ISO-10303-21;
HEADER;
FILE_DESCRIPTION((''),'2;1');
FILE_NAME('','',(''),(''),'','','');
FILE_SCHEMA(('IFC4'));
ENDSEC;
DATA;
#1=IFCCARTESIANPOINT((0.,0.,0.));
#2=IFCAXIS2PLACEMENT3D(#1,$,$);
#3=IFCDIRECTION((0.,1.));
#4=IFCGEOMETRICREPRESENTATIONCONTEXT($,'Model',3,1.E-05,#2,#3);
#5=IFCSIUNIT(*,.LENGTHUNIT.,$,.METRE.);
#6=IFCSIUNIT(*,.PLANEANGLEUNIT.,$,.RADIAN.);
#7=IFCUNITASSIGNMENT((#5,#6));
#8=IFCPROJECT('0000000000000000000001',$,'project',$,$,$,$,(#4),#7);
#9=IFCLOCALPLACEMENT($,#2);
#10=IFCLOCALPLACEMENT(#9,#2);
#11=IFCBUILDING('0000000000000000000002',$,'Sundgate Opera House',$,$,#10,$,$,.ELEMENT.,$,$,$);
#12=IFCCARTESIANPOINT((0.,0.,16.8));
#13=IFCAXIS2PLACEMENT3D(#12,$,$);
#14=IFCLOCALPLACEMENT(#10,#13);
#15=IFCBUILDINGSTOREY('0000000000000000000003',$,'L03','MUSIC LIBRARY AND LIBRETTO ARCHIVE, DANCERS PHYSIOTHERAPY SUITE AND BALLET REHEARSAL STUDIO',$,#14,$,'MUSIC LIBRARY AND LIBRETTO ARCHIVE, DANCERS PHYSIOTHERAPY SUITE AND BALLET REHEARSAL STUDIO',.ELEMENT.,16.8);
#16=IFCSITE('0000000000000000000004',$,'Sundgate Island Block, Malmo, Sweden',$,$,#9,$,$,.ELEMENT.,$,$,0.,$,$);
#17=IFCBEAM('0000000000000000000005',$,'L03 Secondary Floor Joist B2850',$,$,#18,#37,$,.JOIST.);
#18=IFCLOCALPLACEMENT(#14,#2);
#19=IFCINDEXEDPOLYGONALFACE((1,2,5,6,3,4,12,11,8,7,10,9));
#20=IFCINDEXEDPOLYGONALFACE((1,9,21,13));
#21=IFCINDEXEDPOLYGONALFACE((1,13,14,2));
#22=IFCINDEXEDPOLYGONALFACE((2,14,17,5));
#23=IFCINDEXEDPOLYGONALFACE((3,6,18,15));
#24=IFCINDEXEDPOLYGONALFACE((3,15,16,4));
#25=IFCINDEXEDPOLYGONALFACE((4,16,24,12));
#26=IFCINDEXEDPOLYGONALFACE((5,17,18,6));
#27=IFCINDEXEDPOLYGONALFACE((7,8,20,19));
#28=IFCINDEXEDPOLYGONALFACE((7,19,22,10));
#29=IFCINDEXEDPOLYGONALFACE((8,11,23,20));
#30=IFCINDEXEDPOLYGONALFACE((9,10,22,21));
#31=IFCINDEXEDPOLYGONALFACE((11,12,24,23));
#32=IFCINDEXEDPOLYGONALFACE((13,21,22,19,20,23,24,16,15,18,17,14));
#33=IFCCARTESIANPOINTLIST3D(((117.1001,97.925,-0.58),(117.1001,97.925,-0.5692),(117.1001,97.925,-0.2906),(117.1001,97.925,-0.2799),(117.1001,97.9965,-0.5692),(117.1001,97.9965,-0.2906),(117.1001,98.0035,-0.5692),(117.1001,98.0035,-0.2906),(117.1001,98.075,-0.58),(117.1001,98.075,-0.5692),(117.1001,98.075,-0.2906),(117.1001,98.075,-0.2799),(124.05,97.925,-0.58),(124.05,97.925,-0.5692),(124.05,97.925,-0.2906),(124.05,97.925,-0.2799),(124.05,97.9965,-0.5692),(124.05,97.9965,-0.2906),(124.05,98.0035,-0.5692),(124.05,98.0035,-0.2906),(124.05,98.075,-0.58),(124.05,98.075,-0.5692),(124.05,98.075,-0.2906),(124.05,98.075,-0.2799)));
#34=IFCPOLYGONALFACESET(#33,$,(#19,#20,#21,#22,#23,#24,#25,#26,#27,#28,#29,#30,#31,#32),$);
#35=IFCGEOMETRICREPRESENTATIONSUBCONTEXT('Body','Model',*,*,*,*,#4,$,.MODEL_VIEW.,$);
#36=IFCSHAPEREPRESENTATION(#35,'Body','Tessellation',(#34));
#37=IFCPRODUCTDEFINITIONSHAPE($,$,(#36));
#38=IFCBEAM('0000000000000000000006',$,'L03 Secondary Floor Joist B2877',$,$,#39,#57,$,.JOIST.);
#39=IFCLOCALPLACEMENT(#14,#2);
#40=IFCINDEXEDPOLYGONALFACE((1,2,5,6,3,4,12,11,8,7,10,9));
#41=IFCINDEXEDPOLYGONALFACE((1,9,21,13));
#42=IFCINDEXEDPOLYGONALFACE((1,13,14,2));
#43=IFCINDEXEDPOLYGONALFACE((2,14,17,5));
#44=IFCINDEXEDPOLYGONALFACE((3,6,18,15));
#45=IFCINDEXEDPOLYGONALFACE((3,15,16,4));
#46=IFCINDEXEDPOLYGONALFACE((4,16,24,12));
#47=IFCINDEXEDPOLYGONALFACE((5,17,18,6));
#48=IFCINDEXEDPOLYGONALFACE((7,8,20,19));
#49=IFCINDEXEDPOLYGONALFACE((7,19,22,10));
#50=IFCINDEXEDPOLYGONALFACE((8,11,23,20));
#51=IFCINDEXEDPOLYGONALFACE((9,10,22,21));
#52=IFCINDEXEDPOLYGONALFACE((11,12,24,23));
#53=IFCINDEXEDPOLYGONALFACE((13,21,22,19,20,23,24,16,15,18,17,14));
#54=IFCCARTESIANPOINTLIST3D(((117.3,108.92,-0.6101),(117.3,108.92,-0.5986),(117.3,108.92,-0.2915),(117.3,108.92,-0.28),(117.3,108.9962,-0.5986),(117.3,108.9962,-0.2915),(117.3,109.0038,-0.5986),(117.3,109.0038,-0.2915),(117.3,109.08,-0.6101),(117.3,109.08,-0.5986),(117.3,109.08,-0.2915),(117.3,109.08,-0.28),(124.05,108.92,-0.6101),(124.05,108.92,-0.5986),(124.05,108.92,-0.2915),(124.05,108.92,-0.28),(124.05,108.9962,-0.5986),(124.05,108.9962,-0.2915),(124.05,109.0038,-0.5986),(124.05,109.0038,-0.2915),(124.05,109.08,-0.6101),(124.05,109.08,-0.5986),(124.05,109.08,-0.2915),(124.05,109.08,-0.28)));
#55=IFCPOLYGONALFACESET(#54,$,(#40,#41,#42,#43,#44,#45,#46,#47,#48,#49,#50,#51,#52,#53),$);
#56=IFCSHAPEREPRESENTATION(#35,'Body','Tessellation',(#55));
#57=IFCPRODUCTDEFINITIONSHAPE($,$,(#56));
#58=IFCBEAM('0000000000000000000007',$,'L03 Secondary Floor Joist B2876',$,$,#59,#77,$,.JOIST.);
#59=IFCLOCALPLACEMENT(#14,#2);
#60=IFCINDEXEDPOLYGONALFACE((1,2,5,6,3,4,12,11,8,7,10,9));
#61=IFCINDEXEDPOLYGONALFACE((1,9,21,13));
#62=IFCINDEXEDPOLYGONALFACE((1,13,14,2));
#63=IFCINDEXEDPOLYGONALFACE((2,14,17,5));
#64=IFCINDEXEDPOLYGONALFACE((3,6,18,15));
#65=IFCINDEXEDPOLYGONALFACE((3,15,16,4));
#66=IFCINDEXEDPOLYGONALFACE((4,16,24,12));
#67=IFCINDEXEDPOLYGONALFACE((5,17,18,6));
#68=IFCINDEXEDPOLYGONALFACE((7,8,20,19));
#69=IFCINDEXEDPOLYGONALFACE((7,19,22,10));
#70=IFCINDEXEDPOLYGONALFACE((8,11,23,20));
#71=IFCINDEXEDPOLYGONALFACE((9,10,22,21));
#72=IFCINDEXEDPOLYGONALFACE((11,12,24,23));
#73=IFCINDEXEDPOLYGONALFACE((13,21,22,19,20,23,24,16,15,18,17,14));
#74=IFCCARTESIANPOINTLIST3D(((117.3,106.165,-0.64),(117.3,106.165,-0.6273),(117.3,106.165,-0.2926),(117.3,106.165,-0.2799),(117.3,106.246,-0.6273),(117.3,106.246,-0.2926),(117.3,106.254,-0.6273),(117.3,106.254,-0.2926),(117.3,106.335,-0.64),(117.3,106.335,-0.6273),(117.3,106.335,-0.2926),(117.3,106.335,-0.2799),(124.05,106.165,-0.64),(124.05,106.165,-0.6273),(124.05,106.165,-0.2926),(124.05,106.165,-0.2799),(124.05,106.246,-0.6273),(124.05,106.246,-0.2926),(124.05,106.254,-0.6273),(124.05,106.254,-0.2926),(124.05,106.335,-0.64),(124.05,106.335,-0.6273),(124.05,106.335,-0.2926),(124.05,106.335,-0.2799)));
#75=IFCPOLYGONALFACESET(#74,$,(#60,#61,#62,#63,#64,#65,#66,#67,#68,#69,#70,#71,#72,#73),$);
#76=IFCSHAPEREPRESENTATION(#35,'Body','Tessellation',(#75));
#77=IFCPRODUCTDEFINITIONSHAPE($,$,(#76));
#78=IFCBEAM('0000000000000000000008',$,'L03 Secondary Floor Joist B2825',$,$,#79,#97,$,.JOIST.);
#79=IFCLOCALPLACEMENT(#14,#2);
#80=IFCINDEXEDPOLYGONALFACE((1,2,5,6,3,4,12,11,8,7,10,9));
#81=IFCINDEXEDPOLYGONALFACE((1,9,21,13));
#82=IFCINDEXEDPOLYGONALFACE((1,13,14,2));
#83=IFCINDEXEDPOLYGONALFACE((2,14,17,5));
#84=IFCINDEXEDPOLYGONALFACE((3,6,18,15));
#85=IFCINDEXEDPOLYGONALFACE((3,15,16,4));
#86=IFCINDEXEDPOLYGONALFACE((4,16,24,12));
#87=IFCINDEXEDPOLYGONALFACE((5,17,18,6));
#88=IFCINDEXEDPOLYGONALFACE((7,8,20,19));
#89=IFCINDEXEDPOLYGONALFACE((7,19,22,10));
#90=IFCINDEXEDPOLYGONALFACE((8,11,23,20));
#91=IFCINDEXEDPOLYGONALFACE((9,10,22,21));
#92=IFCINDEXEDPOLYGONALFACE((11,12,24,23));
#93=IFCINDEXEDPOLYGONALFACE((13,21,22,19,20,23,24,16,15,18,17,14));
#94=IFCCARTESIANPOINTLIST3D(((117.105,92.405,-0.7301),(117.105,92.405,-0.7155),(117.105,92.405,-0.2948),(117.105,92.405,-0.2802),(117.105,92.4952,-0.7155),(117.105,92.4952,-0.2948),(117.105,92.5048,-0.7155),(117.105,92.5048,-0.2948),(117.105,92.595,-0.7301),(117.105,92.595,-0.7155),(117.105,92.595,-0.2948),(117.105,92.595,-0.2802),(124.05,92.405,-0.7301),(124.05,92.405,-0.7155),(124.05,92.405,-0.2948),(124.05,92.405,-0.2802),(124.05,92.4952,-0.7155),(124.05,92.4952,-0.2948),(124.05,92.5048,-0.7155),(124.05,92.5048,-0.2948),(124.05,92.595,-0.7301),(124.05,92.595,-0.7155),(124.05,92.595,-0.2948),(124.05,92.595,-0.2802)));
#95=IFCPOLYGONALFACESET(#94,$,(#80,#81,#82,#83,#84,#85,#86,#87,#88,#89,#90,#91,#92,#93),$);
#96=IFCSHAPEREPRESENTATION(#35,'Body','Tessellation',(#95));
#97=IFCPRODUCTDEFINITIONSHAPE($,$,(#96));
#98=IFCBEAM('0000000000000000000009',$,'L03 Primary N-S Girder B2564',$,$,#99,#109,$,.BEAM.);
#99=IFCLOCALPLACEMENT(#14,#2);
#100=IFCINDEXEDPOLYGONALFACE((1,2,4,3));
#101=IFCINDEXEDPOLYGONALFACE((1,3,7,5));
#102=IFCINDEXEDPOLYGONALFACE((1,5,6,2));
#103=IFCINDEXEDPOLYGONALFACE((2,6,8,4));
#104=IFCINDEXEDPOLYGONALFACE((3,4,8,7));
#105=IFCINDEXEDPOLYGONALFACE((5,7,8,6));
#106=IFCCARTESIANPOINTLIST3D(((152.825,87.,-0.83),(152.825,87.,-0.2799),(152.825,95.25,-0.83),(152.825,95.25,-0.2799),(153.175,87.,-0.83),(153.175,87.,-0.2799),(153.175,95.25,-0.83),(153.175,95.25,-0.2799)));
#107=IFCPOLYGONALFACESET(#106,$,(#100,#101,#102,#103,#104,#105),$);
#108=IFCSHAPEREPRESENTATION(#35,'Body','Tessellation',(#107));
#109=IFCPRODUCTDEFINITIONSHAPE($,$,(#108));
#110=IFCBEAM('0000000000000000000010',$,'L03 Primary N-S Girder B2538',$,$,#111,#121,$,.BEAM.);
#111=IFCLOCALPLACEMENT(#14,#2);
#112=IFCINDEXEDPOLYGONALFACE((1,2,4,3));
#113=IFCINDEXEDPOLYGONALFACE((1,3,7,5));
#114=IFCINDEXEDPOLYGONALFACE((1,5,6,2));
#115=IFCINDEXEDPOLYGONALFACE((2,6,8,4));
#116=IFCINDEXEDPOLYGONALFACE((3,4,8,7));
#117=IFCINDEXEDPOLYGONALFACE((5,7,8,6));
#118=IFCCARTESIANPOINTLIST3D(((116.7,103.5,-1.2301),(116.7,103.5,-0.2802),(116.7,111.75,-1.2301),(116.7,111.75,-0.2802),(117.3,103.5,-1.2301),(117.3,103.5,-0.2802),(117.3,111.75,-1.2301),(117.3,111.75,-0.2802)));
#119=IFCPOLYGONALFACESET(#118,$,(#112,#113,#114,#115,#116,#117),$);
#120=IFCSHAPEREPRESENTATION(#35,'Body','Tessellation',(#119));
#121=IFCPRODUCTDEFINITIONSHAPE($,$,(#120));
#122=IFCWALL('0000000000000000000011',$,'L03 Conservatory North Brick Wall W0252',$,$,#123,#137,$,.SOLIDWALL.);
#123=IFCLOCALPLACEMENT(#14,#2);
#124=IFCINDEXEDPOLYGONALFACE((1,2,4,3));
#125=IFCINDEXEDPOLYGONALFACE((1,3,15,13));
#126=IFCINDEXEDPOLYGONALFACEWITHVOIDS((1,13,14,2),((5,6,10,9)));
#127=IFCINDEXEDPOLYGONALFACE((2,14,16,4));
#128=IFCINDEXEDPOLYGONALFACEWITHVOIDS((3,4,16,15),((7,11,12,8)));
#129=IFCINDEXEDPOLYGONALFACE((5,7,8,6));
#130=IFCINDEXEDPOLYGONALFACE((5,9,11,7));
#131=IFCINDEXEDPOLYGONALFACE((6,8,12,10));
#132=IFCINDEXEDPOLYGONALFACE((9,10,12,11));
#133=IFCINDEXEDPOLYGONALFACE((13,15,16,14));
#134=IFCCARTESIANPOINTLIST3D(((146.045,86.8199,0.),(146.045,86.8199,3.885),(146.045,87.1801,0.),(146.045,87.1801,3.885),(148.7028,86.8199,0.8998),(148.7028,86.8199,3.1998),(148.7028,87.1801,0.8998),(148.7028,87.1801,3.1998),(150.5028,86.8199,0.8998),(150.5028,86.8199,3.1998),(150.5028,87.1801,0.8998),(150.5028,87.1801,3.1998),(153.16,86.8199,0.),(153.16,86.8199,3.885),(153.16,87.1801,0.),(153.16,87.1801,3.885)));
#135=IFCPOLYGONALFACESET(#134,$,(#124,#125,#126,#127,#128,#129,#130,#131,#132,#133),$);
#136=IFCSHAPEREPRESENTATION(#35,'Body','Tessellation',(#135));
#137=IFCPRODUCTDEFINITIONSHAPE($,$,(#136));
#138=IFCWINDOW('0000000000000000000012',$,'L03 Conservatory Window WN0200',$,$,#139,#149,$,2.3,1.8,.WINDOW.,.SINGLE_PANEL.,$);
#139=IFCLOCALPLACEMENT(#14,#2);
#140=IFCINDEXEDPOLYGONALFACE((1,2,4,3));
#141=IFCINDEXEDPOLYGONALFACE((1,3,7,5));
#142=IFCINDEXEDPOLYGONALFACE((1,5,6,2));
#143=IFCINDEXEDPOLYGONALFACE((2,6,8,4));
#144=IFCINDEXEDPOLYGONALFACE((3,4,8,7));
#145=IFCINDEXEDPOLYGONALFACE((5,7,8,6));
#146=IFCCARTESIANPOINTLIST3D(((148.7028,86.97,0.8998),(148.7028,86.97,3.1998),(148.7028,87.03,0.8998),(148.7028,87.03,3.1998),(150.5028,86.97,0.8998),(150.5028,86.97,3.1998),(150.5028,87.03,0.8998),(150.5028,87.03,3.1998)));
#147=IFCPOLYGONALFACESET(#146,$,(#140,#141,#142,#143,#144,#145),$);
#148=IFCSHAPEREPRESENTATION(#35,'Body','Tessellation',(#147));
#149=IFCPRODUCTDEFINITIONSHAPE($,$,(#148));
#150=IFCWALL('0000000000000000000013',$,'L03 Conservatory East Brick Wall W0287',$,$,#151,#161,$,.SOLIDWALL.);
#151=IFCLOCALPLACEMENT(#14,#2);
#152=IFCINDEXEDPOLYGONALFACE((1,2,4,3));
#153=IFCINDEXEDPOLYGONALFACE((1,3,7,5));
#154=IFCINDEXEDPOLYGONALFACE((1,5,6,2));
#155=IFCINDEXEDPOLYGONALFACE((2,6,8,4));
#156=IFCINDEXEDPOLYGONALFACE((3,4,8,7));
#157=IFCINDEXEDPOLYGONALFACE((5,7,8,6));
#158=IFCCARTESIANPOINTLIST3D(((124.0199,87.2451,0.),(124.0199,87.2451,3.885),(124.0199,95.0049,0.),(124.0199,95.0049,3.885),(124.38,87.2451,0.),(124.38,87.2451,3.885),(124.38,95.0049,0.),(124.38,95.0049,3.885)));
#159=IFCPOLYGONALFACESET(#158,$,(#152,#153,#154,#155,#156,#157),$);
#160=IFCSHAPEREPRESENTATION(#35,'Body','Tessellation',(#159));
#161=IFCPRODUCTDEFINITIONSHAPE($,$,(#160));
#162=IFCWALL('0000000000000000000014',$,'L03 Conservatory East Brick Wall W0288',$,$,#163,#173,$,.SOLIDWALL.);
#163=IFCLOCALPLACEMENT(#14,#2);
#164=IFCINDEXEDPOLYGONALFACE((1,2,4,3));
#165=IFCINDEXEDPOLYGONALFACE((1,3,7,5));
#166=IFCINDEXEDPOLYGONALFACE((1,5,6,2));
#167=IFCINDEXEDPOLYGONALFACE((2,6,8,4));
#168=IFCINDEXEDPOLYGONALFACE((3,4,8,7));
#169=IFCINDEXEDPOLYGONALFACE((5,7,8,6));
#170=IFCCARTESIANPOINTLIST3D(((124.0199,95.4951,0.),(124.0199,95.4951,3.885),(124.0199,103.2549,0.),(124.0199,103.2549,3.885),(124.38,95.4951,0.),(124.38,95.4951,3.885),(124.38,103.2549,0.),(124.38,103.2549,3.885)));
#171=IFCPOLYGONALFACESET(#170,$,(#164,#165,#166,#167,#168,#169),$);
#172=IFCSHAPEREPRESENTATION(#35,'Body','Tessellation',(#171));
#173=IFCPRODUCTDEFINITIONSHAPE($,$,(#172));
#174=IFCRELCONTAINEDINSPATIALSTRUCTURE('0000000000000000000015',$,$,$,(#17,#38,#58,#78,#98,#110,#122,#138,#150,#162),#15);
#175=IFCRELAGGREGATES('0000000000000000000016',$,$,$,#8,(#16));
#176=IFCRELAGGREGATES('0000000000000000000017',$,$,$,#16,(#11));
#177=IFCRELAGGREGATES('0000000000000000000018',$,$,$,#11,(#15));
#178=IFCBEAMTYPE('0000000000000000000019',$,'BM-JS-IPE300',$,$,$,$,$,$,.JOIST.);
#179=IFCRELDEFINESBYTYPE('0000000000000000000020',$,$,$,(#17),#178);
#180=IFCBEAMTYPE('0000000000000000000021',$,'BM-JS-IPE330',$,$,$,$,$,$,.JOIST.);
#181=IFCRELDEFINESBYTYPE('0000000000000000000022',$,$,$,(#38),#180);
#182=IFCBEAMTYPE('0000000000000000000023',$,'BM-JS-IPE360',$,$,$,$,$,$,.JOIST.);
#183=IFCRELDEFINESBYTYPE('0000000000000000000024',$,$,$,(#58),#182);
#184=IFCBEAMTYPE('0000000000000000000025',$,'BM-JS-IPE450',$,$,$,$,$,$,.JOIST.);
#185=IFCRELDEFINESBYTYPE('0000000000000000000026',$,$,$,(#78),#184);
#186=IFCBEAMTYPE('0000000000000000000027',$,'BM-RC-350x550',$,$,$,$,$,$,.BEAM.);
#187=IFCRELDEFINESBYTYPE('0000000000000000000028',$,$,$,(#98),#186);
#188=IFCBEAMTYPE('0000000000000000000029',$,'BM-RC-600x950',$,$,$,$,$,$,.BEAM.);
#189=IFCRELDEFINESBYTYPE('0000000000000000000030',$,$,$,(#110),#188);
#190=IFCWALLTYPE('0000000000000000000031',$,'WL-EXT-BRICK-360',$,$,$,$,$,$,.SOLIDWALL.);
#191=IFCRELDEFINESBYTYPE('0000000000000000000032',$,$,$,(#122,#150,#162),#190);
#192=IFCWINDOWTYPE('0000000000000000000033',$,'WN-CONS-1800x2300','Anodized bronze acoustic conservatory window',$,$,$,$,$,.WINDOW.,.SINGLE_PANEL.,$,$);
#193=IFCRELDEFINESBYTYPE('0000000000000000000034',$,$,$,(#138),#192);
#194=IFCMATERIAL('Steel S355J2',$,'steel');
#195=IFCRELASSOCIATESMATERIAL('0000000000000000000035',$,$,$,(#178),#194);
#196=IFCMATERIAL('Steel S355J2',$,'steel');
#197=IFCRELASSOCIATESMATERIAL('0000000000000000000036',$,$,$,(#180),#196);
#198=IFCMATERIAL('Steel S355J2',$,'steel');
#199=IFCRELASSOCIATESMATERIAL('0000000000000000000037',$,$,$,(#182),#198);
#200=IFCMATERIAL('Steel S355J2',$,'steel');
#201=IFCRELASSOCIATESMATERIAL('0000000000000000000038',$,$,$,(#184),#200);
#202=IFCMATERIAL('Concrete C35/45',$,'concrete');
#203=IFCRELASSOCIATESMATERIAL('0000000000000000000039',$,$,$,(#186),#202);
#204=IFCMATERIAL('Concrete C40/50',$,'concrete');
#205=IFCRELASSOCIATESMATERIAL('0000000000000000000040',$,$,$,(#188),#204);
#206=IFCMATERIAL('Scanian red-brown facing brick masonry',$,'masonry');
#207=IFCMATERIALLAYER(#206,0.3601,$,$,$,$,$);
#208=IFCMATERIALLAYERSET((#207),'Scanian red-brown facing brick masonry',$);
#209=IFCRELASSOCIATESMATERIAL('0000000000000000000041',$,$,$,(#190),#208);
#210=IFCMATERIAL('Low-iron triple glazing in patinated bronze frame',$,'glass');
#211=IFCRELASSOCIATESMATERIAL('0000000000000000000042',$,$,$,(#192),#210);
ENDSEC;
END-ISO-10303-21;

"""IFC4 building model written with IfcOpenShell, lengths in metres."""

from ifc_helpers import new_model, si_unit, direction, frame, frame_2d, origin, origin_2d, place, context, subcontext, project, spatial, rectangle, i_section, extrude, material, layer, layer_set, material_profile, profile_set, type_object, element, fill, save


model = new_model("IFC4")

# Units and contexts
model_context = context("Model", 3, precision=1e-05, world=origin(), true_north=direction((0.0, 1.0)))
body_context = subcontext(model_context, "Body", "Model", "MODEL_VIEW")
ifc_project = project(units=[si_unit("LENGTHUNIT", "METRE"), si_unit("PLANEANGLEUNIT", "RADIAN")], contexts=[model_context])

# Site, building, storey
site_placement = place(None, origin())
site = spatial("IfcSite", under=ifc_project, at=site_placement, Name="Sundgate Island Block, Malmo, Sweden", CompositionType="ELEMENT", RefElevation=0.0)
building_placement = place(site_placement, origin())
building = spatial("IfcBuilding", under=site, at=building_placement, Name="Sundgate Opera House", CompositionType="ELEMENT")
storey_placement = place(building_placement, frame((0.0, 0.0, 16.8)))
storey = spatial("IfcBuildingStorey", under=building, at=storey_placement, Name="L03", Description="MUSIC LIBRARY AND LIBRETTO ARCHIVE, DANCERS PHYSIOTHERAPY SUITE AND BALLET REHEARSAL STUDIO", LongName="MUSIC LIBRARY AND LIBRETTO ARCHIVE, DANCERS PHYSIOTHERAPY SUITE AND BALLET REHEARSAL STUDIO", CompositionType="ELEMENT", Elevation=16.8)

# Beams
ifc_material_1 = material(Name="Steel S355J2", Category="steel")
ifc_material_profile_1 = material_profile(ifc_material_1, i_section(OverallWidth=0.1499, OverallDepth=0.3, WebThickness=0.0071, FlangeThickness=0.0107, at=origin_2d()), Name="IPE 300")
ifc_profile_set_1 = profile_set([ifc_material_profile_1], Name="Steel S355J2")
beam_type_1 = type_object("IfcBeamType", Name="BM-JS-IPE300", PredefinedType="JOIST", material=ifc_profile_set_1)
beam_1_placement = place(storey_placement, frame((117.1001, 98.0, -0.4299), z_axis=(1.0, 0.0, 0.0), x_axis=(0.0, 1.0, 0.0)))
element("IfcBeam", 1, at=beam_1_placement, inside=storey, type_object=beam_type_1, Name="L03 Secondary Floor Joist B2850", PredefinedType="JOIST", context=body_context, shape_type="SweptSolid", body=[
    extrude(i_section(OverallWidth=0.1499, OverallDepth=0.3, WebThickness=0.0071, FlangeThickness=0.0107, at=origin_2d()), origin(), (0.0, 0.0, 1.0), 6.95),
])
ifc_material_2 = material(Name="Steel S355J2", Category="steel")
ifc_material_profile_2 = material_profile(ifc_material_2, i_section(OverallWidth=0.1599, OverallDepth=0.3301, WebThickness=0.0076, FlangeThickness=0.0115, at=origin_2d()), Name="IPE 330")
ifc_profile_set_2 = profile_set([ifc_material_profile_2], Name="Steel S355J2")
beam_type_2 = type_object("IfcBeamType", Name="BM-JS-IPE330", PredefinedType="JOIST", material=ifc_profile_set_2)
beam_2_placement = place(storey_placement, frame((117.3, 109.0, -0.4451), z_axis=(1.0, 0.0, 0.0), x_axis=(0.0, 1.0, 0.0)))
element("IfcBeam", 2, at=beam_2_placement, inside=storey, type_object=beam_type_2, Name="L03 Secondary Floor Joist B2877", PredefinedType="JOIST", context=body_context, shape_type="SweptSolid", body=[
    extrude(i_section(OverallWidth=0.1599, OverallDepth=0.3301, WebThickness=0.0076, FlangeThickness=0.0115, at=origin_2d()), origin(), (0.0, 0.0, 1.0), 6.75),
])
ifc_material_3 = material(Name="Steel S355J2", Category="steel")
ifc_material_profile_3 = material_profile(ifc_material_3, i_section(OverallWidth=0.1699, OverallDepth=0.3601, WebThickness=0.0081, FlangeThickness=0.0127, at=origin_2d()), Name="IPE 360")
ifc_profile_set_3 = profile_set([ifc_material_profile_3], Name="Steel S355J2")
beam_type_3 = type_object("IfcBeamType", Name="BM-JS-IPE360", PredefinedType="JOIST", material=ifc_profile_set_3)
beam_3_placement = place(storey_placement, frame((117.3, 106.25, -0.46), z_axis=(1.0, 0.0, 0.0), x_axis=(0.0, 1.0, 0.0)))
element("IfcBeam", 3, at=beam_3_placement, inside=storey, type_object=beam_type_3, Name="L03 Secondary Floor Joist B2876", PredefinedType="JOIST", context=body_context, shape_type="SweptSolid", body=[
    extrude(i_section(OverallWidth=0.1699, OverallDepth=0.3601, WebThickness=0.0081, FlangeThickness=0.0127, at=origin_2d()), origin(), (0.0, 0.0, 1.0), 6.75),
])
ifc_material_4 = material(Name="Steel S355J2", Category="steel")
ifc_material_profile_4 = material_profile(ifc_material_4, i_section(OverallWidth=0.1899, OverallDepth=0.45, WebThickness=0.0095, FlangeThickness=0.0146, at=origin_2d()), Name="IPE 450")
ifc_profile_set_4 = profile_set([ifc_material_profile_4], Name="Steel S355J2")
beam_type_4 = type_object("IfcBeamType", Name="BM-JS-IPE450", PredefinedType="JOIST", material=ifc_profile_set_4)
beam_4_placement = place(storey_placement, frame((117.105, 92.5, -0.5051), z_axis=(1.0, 0.0, 0.0), x_axis=(0.0, 1.0, 0.0)))
element("IfcBeam", 4, at=beam_4_placement, inside=storey, type_object=beam_type_4, Name="L03 Secondary Floor Joist B2825", PredefinedType="JOIST", context=body_context, shape_type="SweptSolid", body=[
    extrude(i_section(OverallWidth=0.1899, OverallDepth=0.45, WebThickness=0.0095, FlangeThickness=0.0146, at=origin_2d()), origin(), (0.0, 0.0, 1.0), 6.9451),
])
ifc_material_5 = material(Name="Concrete C35/45", Category="concrete")
ifc_material_profile_5 = material_profile(ifc_material_5, rectangle(XDim=0.3501, YDim=0.55, at=origin_2d()), Name="RC 350x550")
ifc_profile_set_5 = profile_set([ifc_material_profile_5], Name="Concrete C35/45")
beam_type_5 = type_object("IfcBeamType", Name="BM-RC-350x550", PredefinedType="BEAM", material=ifc_profile_set_5)
beam_5_placement = place(storey_placement, frame((153.0, 87.0, -0.5549), z_axis=(0.0, 1.0, 0.0), x_axis=(-1.0, 0.0, 0.0)))
element("IfcBeam", 5, at=beam_5_placement, inside=storey, type_object=beam_type_5, Name="L03 Primary N-S Girder B2564", PredefinedType="BEAM", context=body_context, shape_type="SweptSolid", body=[
    extrude(rectangle(XDim=0.3501, YDim=0.55, at=origin_2d()), origin(), (0.0, 0.0, 1.0), 8.25),
])
ifc_material_6 = material(Name="Concrete C40/50", Category="concrete")
ifc_material_profile_6 = material_profile(ifc_material_6, rectangle(XDim=0.6001, YDim=0.95, at=origin_2d()), Name="RC 600x950")
ifc_profile_set_6 = profile_set([ifc_material_profile_6], Name="Concrete C40/50")
beam_type_6 = type_object("IfcBeamType", Name="BM-RC-600x950", PredefinedType="BEAM", material=ifc_profile_set_6)
beam_6_placement = place(storey_placement, frame((117.0, 103.5, -0.7551), z_axis=(0.0, 1.0, 0.0), x_axis=(-1.0, 0.0, 0.0)))
element("IfcBeam", 6, at=beam_6_placement, inside=storey, type_object=beam_type_6, Name="L03 Primary N-S Girder B2538", PredefinedType="BEAM", context=body_context, shape_type="SweptSolid", body=[
    extrude(rectangle(XDim=0.6001, YDim=0.95, at=origin_2d()), origin(), (0.0, 0.0, 1.0), 8.25),
])

# Wall, opening, window
ifc_material_7 = material(Name="Scanian red-brown facing brick masonry", Category="masonry")
ifc_layer = layer(ifc_material_7, 0.3601)
ifc_layer_set = layer_set([ifc_layer], Name="Scanian red-brown facing brick masonry")
wall_type = type_object("IfcWallType", Name="WL-EXT-BRICK-360", PredefinedType="SOLIDWALL", material=ifc_layer_set)
wall_1_placement = place(storey_placement, frame((146.0449, 87.0, 0.0), z_axis=(0.0, 0.0, 1.0), x_axis=(1.0, 0.0, 0.0)))
wall_1 = element("IfcWall", 7, at=wall_1_placement, inside=storey, type_object=wall_type, Name="L03 Conservatory North Brick Wall W0252", PredefinedType="SOLIDWALL", context=body_context, shape_type="SweptSolid", body=[
    extrude(rectangle(XDim=7.115, YDim=0.3601, at=frame_2d((3.5576, 0.0))), origin(), (0.0, 0.0, 1.0), 3.885),
])
opening_placement = place(wall_1_placement, frame((2.658, 0.0, 0.8999)))
opening = element("IfcOpeningElement", 8, at=opening_placement, cuts=wall_1, PredefinedType="OPENING", context=body_context, shape_type="SweptSolid", body=[
    extrude(rectangle(XDim=1.8, YDim=2.3, at=frame_2d((0.8999, 1.1499))), frame((0.0, 0.1899, 0.0), z_axis=(0.0, -1.0, 0.0), x_axis=(1.0, 0.0, 0.0)), (0.0, 0.0, 1.0), 0.3801),
])
ifc_material_8 = material(Name="Low-iron triple glazing in patinated bronze frame", Category="glass")
window_type = type_object("IfcWindowType", Name="WN-CONS-1800x2300", Description="Anodized bronze acoustic conservatory window", PartitioningType="SINGLE_PANEL", PredefinedType="WINDOW", material=ifc_material_8)
window_placement = place(opening_placement, origin())
window = element("IfcWindow", 9, at=window_placement, inside=storey, type_object=window_type, Name="L03 Conservatory Window WN0200", OverallHeight=2.3, OverallWidth=1.8, PartitioningType="SINGLE_PANEL", PredefinedType="WINDOW", context=body_context, shape_type="SweptSolid", body=[
    extrude(rectangle(XDim=1.8, YDim=2.3, at=frame_2d((0.8999, 1.1499))), frame((0.0, 0.03, 0.0), z_axis=(0.0, -1.0, 0.0), x_axis=(1.0, 0.0, 0.0)), (0.0, 0.0, 1.0), 0.0601),
])
fill(opening, window)

# Walls
for number, where, z_axis, x_axis, name in (
    (10, (124.2, 87.2451, 0.0), (0.0, 0.0, 1.0), (0.0, 1.0, 0.0), "L03 Conservatory East Brick Wall W0287"),
    (11, (124.2, 95.4951, 0.0), (0.0, 0.0, 1.0), (0.0, 1.0, 0.0), "L03 Conservatory East Brick Wall W0288"),
):
    element("IfcWall", number, at=place(storey_placement, frame(where, z_axis=z_axis, x_axis=x_axis)), inside=storey, type_object=wall_type, Name=name, PredefinedType="SOLIDWALL", context=body_context, shape_type="SweptSolid", body=[
        extrude(rectangle(XDim=7.7598, YDim=0.3601, at=frame_2d((3.8799, 0.0))), origin(), (0.0, 0.0, 1.0), 3.885),
    ])

save(model, "model.ifc")
